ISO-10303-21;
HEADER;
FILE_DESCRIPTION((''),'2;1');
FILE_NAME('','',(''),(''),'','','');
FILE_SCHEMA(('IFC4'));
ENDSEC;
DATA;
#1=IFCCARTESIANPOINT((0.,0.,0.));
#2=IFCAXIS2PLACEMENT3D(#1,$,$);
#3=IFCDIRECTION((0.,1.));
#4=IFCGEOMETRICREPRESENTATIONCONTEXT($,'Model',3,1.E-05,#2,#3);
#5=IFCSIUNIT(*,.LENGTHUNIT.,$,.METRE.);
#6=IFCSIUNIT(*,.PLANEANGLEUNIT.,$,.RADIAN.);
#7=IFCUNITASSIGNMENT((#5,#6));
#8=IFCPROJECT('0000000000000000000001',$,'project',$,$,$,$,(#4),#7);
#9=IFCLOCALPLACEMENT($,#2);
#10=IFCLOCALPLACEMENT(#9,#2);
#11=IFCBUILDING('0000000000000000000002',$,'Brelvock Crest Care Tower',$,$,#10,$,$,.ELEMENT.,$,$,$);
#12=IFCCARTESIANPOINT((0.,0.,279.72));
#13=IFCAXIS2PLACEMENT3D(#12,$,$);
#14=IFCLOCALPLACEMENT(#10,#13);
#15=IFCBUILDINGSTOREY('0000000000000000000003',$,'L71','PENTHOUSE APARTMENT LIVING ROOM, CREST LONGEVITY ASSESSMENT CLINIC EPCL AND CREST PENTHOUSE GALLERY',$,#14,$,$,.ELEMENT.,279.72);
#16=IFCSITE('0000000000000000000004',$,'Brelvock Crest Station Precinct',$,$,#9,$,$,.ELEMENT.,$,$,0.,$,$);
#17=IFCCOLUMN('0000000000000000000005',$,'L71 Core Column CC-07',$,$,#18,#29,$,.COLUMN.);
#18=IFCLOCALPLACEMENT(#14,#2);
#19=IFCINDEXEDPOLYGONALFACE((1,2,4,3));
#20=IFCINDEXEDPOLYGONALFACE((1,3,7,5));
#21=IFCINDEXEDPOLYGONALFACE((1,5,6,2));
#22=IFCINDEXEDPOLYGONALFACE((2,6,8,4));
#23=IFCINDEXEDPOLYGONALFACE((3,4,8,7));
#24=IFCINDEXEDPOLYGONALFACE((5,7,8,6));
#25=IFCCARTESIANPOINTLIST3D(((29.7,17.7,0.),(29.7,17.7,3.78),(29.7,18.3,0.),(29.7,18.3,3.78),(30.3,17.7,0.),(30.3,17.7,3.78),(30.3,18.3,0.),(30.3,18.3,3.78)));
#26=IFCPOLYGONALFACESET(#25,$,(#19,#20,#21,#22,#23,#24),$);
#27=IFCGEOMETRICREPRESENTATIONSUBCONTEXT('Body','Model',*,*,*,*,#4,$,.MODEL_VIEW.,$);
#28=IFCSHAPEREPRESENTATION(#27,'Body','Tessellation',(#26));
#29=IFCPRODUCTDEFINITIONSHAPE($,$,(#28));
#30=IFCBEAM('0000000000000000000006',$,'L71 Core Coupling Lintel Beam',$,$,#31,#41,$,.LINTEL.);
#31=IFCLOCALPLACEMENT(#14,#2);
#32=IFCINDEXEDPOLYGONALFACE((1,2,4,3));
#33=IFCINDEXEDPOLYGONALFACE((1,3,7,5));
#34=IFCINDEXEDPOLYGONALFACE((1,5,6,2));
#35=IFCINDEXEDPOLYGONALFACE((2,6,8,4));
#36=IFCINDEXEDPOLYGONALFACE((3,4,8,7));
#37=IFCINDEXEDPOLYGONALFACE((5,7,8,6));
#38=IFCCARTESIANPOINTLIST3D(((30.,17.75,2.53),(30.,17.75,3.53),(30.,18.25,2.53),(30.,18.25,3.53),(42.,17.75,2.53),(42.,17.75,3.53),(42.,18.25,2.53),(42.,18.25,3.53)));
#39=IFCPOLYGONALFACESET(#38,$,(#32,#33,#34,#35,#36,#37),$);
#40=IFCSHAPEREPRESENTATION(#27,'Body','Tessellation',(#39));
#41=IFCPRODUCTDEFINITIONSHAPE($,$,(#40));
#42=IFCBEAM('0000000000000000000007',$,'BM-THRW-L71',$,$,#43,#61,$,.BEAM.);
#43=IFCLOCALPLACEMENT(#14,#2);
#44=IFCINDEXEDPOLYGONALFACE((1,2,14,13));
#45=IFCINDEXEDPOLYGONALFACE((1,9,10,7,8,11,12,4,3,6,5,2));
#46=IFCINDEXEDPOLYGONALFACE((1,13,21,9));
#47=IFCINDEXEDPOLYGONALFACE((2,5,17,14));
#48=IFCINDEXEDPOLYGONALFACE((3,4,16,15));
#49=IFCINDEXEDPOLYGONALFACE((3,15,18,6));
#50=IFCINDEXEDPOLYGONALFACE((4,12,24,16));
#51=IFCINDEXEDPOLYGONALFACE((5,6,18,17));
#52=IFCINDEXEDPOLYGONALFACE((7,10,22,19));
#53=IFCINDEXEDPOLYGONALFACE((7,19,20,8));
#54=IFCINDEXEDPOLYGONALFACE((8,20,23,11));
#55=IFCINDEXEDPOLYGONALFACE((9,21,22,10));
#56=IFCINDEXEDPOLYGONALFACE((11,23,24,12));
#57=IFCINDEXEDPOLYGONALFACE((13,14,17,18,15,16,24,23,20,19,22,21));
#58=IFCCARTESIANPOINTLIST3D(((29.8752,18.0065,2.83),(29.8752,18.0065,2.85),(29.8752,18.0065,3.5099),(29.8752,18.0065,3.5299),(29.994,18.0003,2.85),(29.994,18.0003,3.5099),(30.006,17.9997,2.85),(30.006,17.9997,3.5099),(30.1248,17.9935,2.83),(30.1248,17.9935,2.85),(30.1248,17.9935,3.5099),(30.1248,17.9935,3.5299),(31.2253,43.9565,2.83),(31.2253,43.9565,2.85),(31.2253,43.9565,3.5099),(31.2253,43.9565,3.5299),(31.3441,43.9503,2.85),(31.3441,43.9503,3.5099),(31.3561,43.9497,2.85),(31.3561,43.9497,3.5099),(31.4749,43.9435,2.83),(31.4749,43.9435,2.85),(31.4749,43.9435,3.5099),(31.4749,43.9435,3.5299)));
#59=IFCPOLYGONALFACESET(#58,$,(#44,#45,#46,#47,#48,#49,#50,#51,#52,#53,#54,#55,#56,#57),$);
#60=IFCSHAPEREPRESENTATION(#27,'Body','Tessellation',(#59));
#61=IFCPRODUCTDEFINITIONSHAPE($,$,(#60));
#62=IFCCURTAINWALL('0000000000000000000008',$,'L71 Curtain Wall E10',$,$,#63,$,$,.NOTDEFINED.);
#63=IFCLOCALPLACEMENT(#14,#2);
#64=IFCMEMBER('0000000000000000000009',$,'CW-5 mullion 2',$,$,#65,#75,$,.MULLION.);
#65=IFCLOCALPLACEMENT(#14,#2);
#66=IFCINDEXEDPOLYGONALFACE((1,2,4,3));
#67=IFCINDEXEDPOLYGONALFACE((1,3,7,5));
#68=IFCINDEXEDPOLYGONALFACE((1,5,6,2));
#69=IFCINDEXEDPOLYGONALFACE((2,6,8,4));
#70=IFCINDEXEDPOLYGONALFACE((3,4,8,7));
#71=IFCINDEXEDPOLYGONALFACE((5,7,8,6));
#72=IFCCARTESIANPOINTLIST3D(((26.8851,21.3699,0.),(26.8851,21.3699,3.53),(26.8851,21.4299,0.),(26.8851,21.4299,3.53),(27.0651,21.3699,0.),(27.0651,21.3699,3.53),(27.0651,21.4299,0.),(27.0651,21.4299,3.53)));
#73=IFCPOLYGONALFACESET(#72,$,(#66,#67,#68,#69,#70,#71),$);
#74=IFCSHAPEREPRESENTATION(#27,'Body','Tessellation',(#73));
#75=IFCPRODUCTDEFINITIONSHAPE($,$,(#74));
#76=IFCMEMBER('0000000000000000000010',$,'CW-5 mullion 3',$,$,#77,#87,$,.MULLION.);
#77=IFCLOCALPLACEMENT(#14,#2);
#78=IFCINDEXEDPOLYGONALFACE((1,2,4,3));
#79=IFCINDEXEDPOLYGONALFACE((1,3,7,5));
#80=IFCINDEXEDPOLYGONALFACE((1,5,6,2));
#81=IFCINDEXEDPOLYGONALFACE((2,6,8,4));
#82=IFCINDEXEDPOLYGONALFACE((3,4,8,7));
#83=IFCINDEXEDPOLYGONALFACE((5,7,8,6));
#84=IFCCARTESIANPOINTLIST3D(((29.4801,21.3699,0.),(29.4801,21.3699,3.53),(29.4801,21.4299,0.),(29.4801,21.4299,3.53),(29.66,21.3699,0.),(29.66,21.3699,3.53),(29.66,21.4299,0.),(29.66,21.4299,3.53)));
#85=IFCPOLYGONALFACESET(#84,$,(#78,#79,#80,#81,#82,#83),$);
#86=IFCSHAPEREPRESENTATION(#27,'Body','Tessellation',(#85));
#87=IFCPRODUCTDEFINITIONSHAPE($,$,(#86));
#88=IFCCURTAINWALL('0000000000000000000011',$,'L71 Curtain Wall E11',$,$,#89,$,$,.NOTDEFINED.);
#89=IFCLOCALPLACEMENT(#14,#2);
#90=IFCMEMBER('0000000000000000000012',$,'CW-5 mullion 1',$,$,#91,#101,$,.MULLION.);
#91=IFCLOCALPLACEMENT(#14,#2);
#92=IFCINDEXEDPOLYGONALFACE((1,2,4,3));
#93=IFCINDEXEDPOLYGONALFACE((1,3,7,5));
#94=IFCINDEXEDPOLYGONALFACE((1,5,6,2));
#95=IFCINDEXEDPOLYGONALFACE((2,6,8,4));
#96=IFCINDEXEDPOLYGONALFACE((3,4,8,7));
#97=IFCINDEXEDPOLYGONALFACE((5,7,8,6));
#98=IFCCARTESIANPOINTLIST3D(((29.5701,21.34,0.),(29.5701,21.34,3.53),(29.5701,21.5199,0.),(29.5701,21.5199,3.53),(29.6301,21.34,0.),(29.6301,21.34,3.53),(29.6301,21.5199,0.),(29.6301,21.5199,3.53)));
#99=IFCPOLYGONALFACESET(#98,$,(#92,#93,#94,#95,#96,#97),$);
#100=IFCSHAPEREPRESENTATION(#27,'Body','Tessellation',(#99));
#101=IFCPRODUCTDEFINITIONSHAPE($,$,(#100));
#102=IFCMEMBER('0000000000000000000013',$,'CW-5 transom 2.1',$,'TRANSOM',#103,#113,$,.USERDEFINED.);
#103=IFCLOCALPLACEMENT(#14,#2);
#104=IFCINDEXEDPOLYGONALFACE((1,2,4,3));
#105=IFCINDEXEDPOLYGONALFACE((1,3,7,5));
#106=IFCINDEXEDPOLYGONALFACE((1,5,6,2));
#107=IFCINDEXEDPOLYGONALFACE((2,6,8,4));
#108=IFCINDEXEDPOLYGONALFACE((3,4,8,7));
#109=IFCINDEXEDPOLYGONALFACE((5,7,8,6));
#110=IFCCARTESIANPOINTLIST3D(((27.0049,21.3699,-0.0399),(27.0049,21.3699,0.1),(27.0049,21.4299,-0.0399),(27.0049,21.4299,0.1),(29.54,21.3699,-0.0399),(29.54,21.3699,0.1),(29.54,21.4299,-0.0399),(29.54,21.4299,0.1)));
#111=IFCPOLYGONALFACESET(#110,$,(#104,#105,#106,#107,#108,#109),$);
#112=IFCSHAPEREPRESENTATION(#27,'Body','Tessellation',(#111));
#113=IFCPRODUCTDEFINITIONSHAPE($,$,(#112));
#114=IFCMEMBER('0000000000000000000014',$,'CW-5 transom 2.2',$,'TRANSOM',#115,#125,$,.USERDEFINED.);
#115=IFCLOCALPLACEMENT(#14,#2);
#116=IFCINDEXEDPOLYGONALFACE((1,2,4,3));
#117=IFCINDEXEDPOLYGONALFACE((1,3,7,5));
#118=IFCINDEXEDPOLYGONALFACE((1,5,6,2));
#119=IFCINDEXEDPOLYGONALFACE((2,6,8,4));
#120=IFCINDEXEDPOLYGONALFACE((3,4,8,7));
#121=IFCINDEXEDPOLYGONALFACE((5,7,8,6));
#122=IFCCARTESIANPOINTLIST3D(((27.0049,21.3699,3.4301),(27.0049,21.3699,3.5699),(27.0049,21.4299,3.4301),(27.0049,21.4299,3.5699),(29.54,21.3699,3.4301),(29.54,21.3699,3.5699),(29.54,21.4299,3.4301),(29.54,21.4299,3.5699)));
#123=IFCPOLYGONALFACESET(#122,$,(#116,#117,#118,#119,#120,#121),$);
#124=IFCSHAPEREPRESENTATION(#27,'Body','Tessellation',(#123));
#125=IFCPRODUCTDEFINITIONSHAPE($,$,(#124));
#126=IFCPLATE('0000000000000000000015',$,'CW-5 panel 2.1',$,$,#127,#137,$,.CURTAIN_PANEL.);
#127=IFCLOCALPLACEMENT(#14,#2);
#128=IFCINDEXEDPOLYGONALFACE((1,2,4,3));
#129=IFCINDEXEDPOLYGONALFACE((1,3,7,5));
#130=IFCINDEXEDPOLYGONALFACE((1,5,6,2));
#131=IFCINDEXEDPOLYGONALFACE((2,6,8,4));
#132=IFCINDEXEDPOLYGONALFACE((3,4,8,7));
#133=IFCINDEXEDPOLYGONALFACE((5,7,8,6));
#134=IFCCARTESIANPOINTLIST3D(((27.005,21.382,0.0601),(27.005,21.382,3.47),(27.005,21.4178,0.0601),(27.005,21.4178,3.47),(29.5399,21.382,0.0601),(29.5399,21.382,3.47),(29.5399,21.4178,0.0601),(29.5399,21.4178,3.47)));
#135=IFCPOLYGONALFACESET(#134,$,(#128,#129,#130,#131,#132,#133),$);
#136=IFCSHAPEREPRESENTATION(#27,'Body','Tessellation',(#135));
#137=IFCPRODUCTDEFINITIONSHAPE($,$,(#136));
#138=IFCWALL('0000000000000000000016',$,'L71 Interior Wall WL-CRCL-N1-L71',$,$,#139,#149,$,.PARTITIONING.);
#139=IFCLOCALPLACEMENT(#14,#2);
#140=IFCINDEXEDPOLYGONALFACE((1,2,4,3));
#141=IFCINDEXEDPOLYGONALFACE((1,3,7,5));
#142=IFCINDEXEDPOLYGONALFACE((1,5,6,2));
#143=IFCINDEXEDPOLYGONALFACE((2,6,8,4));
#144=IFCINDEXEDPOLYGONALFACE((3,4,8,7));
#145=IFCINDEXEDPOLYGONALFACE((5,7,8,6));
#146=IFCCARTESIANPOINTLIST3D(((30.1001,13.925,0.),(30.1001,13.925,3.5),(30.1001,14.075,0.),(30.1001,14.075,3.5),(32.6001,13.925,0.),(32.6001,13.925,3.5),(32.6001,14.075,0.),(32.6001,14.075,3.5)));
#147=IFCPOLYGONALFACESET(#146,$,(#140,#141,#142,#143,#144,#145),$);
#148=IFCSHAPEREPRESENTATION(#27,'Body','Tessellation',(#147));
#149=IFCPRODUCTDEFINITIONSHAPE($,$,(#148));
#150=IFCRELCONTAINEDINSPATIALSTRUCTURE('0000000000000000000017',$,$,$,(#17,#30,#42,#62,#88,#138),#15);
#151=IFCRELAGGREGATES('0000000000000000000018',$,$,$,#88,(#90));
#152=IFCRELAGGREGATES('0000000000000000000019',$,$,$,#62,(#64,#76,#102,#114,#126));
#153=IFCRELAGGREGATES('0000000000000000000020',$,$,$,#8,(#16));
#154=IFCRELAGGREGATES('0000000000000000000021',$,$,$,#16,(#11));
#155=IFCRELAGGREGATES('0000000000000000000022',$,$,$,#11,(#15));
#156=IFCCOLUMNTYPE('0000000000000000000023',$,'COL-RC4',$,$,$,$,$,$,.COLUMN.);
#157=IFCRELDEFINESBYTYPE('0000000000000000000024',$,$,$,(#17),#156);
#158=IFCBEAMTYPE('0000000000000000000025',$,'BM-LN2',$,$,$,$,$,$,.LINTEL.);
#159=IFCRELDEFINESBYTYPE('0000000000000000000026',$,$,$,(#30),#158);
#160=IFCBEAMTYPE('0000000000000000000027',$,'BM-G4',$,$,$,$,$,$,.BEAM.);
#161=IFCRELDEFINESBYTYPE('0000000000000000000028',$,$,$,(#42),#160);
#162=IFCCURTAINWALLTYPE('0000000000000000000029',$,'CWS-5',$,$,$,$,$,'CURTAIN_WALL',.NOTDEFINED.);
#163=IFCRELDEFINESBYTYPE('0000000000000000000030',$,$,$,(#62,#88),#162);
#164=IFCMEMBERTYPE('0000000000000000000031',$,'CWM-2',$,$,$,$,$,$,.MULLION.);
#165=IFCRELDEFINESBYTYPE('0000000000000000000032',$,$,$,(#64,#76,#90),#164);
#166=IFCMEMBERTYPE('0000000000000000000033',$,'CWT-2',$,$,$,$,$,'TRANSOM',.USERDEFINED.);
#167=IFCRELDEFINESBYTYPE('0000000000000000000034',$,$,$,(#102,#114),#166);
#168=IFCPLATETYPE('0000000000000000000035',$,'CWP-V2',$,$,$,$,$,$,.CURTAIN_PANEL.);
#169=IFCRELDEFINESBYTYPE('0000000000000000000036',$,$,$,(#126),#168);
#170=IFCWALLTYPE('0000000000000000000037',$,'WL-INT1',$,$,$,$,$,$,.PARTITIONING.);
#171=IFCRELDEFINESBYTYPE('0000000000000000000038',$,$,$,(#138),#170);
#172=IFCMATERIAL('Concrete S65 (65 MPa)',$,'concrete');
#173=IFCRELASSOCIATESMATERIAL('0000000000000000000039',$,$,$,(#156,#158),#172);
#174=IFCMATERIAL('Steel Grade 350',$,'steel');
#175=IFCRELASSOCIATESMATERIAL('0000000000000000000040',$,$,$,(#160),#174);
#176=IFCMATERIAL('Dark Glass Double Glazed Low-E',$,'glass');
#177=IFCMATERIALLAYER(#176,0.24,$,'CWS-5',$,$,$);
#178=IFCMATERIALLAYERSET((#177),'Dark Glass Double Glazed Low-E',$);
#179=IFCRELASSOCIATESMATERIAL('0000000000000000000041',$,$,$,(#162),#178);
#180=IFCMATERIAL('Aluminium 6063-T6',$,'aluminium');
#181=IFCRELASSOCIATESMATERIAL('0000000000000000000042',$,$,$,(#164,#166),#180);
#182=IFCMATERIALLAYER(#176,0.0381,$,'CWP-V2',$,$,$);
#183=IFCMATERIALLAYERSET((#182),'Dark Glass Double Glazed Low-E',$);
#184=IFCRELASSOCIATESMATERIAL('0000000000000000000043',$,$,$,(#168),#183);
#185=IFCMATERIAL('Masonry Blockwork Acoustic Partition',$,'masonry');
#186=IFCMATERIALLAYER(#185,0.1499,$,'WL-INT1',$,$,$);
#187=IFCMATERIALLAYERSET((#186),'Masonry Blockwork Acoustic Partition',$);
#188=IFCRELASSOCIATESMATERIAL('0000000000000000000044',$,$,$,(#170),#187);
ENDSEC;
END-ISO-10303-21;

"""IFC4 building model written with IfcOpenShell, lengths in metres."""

from ifc_helpers import new_model, si_unit, direction, frame, frame_2d, origin, origin_2d, place, context, subcontext, project, spatial, rectangle, i_section, extrude, source, transform, mapped, material, layer, layer_set, material_profile, profile_set, type_object, element, aggregate, save


model = new_model("IFC4")

# Units and contexts
model_context = context("Model", 3, precision=1e-05, world=origin(), true_north=direction((0.0, 1.0)))
body_context = subcontext(model_context, "Body", "Model", "MODEL_VIEW")
ifc_project = project(units=[si_unit("LENGTHUNIT", "METRE"), si_unit("PLANEANGLEUNIT", "RADIAN")], contexts=[model_context])

# Site, building, storey
site_placement = place(None, origin())
site = spatial("IfcSite", under=ifc_project, at=site_placement, Name="Brelvock Crest Station Precinct", CompositionType="ELEMENT", RefElevation=0.0)
building_placement = place(site_placement, origin())
building = spatial("IfcBuilding", under=site, at=building_placement, Name="Brelvock Crest Care Tower", CompositionType="ELEMENT")
storey_placement = place(building_placement, frame((0.0, 0.0, 279.72)))
storey = spatial("IfcBuildingStorey", under=building, at=storey_placement, Name="L71", Description="PENTHOUSE APARTMENT LIVING ROOM, CREST LONGEVITY ASSESSMENT CLINIC EPCL AND CREST PENTHOUSE GALLERY", CompositionType="ELEMENT", Elevation=279.72)

# Column
ifc_material_1 = material(Name="Concrete S65 (65 MPa)", Category="concrete")
ifc_material_profile_1 = material_profile(ifc_material_1, rectangle(XDim=0.6001, YDim=0.6001, at=origin_2d()), Name="RC600x600")
ifc_profile_set_1 = profile_set([ifc_material_profile_1], Name="Concrete S65 (65 MPa)")
column_type = type_object("IfcColumnType", Name="COL-RC4", PredefinedType="COLUMN", material=ifc_profile_set_1)
shared_shape_1 = source(origin(), body_context, "Body", "SweptSolid", [
    extrude(rectangle(XDim=0.6001, YDim=0.6001, at=origin_2d()), origin(), (0.0, 0.0, 1.0), 3.78),
])
column_placement = place(storey_placement, frame((30.0, 18.0, 0.0), z_axis=(0.0, 0.0, 1.0), x_axis=(1.0, 0.0, 0.0)))
element("IfcColumn", 1, at=column_placement, inside=storey, type_object=column_type, Name="L71 Core Column CC-07", PredefinedType="COLUMN", context=body_context, shape_type="MappedRepresentation", body=[
    mapped(shared_shape_1, transform((0.0, 0.0, 0.0), x_axis=(1.0, 0.0, 0.0), y_axis=(0.0, 1.0, 0.0), z_axis=(0.0, 0.0, 1.0), scale=1.0)),
])

# Beams
ifc_material_profile_2 = material_profile(ifc_material_1, rectangle(XDim=0.5, YDim=1.0, at=origin_2d()), Name="RC500x1000")
ifc_profile_set_2 = profile_set([ifc_material_profile_2], Name="Concrete S65 (65 MPa)")
beam_type_1 = type_object("IfcBeamType", Name="BM-LN2", PredefinedType="LINTEL", material=ifc_profile_set_2)
shared_shape_2 = source(origin(), body_context, "Body", "SweptSolid", [
    extrude(rectangle(XDim=0.5, YDim=1.0, at=origin_2d()), origin(), (0.0, 0.0, 1.0), 12.0),
])
beam_1_placement = place(storey_placement, frame((30.0, 18.0, 3.03), z_axis=(1.0, 0.0, 0.0), x_axis=(0.0, 1.0, 0.0)))
element("IfcBeam", 2, at=beam_1_placement, inside=storey, type_object=beam_type_1, Name="L71 Core Coupling Lintel Beam", PredefinedType="LINTEL", context=body_context, shape_type="MappedRepresentation", body=[
    mapped(shared_shape_2, transform((0.0, 0.0, 0.0), x_axis=(1.0, 0.0, 0.0), y_axis=(0.0, 1.0, 0.0), z_axis=(0.0, 0.0, 1.0), scale=1.0)),
])
ifc_material_2 = material(Name="Steel Grade 350", Category="steel")
ifc_material_profile_3 = material_profile(ifc_material_2, i_section(OverallWidth=0.25, OverallDepth=0.7, WebThickness=0.012, FlangeThickness=0.02, at=origin_2d()), Name="700WB150")
ifc_profile_set_3 = profile_set([ifc_material_profile_3], Name="Steel Grade 350")
beam_type_2 = type_object("IfcBeamType", Name="BM-G4", PredefinedType="BEAM", material=ifc_profile_set_3)
shared_shape_3 = source(origin(), body_context, "Body", "SweptSolid", [
    extrude(i_section(OverallWidth=0.25, OverallDepth=0.7, WebThickness=0.012, FlangeThickness=0.02, at=origin_2d()), origin(), (0.0, 0.0, 1.0), 25.9851),
])
beam_2_placement = place(storey_placement, frame((30.0, 18.0, 3.1799), z_axis=(0.051957, 0.998649, 0.0), x_axis=(-0.998649, 0.051957, 0.0)))
element("IfcBeam", 3, at=beam_2_placement, inside=storey, type_object=beam_type_2, Name="BM-THRW-L71", PredefinedType="BEAM", context=body_context, shape_type="MappedRepresentation", body=[
    mapped(shared_shape_3, transform((0.0, 0.0, 0.0), x_axis=(1.0, 0.0, 0.0), y_axis=(0.0, 1.0, 0.0), z_axis=(0.0, 0.0, 1.0), scale=1.0)),
])

# Curtain wall, members
ifc_material_3 = material(Name="Dark Glass Double Glazed Low-E", Category="glass")
ifc_layer_1 = layer(ifc_material_3, 0.24, Name="CWS-5")
ifc_layer_set_1 = layer_set([ifc_layer_1], Name="Dark Glass Double Glazed Low-E")
curtain_wall_type = type_object("IfcCurtainWallType", Name="CWS-5", ElementType="CURTAIN_WALL", PredefinedType="NOTDEFINED", material=ifc_layer_set_1)
curtain_wall_1_placement = place(storey_placement, origin())
curtain_wall_1 = element("IfcCurtainWall", 4, at=curtain_wall_1_placement, inside=storey, type_object=curtain_wall_type, Name="L71 Curtain Wall E10", PredefinedType="NOTDEFINED")
ifc_material_4 = material(Name="Aluminium 6063-T6", Category="aluminium")
ifc_material_profile_4 = material_profile(ifc_material_4, rectangle(XDim=0.0601, YDim=0.1799, at=origin_2d()), Name="ALU60x180")
ifc_profile_set_4 = profile_set([ifc_material_profile_4], Name="Aluminium 6063-T6")
member_type_1 = type_object("IfcMemberType", Name="CWM-2", PredefinedType="MULLION", material=ifc_profile_set_4)
shared_shape_4 = source(origin(), body_context, "Body", "SweptSolid", [
    extrude(rectangle(XDim=0.0601, YDim=0.1799, at=origin_2d()), origin(), (0.0, 0.0, 1.0), 3.53),
])
member_1_placement = place(storey_placement, frame((26.9751, 21.3999, 0.0), z_axis=(0.0, 0.0, 1.0), x_axis=(0.0, 1.0, 0.0)))
member_1 = element("IfcMember", 5, at=member_1_placement, type_object=member_type_1, Name="CW-5 mullion 2", PredefinedType="MULLION", context=body_context, shape_type="MappedRepresentation", body=[
    mapped(shared_shape_4, transform((0.0, 0.0, 0.0), x_axis=(1.0, 0.0, 0.0), y_axis=(0.0, 1.0, 0.0), z_axis=(0.0, 0.0, 1.0), scale=1.0)),
])
member_2_placement = place(storey_placement, frame((29.5701, 21.3999, 0.0), z_axis=(0.0, 0.0, 1.0), x_axis=(0.0, 1.0, 0.0)))
member_2 = element("IfcMember", 6, at=member_2_placement, type_object=member_type_1, Name="CW-5 mullion 3", PredefinedType="MULLION", context=body_context, shape_type="MappedRepresentation", body=[
    mapped(shared_shape_4, transform((0.0, 0.0, 0.0), x_axis=(1.0, 0.0, 0.0), y_axis=(0.0, 1.0, 0.0), z_axis=(0.0, 0.0, 1.0), scale=1.0)),
])

# Curtain wall, member
curtain_wall_2_placement = place(storey_placement, origin())
curtain_wall_2 = element("IfcCurtainWall", 7, at=curtain_wall_2_placement, inside=storey, type_object=curtain_wall_type, Name="L71 Curtain Wall E11", PredefinedType="NOTDEFINED")
member_3_placement = place(storey_placement, frame((29.6001, 21.4299, 0.0), z_axis=(0.0, 0.0, 1.0), x_axis=(-1.0, 0.0, 0.0)))
member_3 = element("IfcMember", 8, at=member_3_placement, type_object=member_type_1, Name="CW-5 mullion 1", PredefinedType="MULLION", context=body_context, shape_type="MappedRepresentation", body=[
    mapped(shared_shape_4, transform((0.0, 0.0, 0.0), x_axis=(1.0, 0.0, 0.0), y_axis=(0.0, 1.0, 0.0), z_axis=(0.0, 0.0, 1.0), scale=1.0)),
])
aggregate(curtain_wall_2, [member_3])

# Members
ifc_material_profile_5 = material_profile(ifc_material_4, rectangle(XDim=0.0601, YDim=0.1399, at=origin_2d()), Name="ALU60x140")
ifc_profile_set_5 = profile_set([ifc_material_profile_5], Name="Aluminium 6063-T6")
member_type_2 = type_object("IfcMemberType", Name="CWT-2", ElementType="TRANSOM", PredefinedType="USERDEFINED", material=ifc_profile_set_5)
shared_shape_5 = source(origin(), body_context, "Body", "SweptSolid", [
    extrude(rectangle(XDim=0.0601, YDim=0.1399, at=origin_2d()), origin(), (0.0, 0.0, 1.0), 2.5352),
])
member_4_placement = place(storey_placement, frame((27.0049, 21.3999, 0.03), z_axis=(1.0, 0.0, 0.0), x_axis=(0.0, 1.0, 0.0)))
member_4 = element("IfcMember", 9, at=member_4_placement, type_object=member_type_2, Name="CW-5 transom 2.1", ObjectType="TRANSOM", PredefinedType="USERDEFINED", context=body_context, shape_type="MappedRepresentation", body=[
    mapped(shared_shape_5, transform((0.0, 0.0, 0.0), x_axis=(1.0, 0.0, 0.0), y_axis=(0.0, 1.0, 0.0), z_axis=(0.0, 0.0, 1.0), scale=1.0)),
])
member_5_placement = place(storey_placement, frame((27.0049, 21.3999, 3.5), z_axis=(1.0, 0.0, 0.0), x_axis=(0.0, 1.0, 0.0)))
member_5 = element("IfcMember", 10, at=member_5_placement, type_object=member_type_2, Name="CW-5 transom 2.2", ObjectType="TRANSOM", PredefinedType="USERDEFINED", context=body_context, shape_type="MappedRepresentation", body=[
    mapped(shared_shape_5, transform((0.0, 0.0, 0.0), x_axis=(1.0, 0.0, 0.0), y_axis=(0.0, 1.0, 0.0), z_axis=(0.0, 0.0, 1.0), scale=1.0)),
])

# Plate
ifc_layer_2 = layer(ifc_material_3, 0.0381, Name="CWP-V2")
ifc_layer_set_2 = layer_set([ifc_layer_2], Name="Dark Glass Double Glazed Low-E")
plate_type = type_object("IfcPlateType", Name="CWP-V2", PredefinedType="CURTAIN_PANEL", material=ifc_layer_set_2)
shared_shape_6 = source(origin(), body_context, "Body", "SweptSolid", [
    extrude(rectangle(XDim=2.5349, YDim=0.0359, at=origin_2d()), origin(), (0.0, 0.0, 1.0), 3.4099),
])
plate_placement = place(storey_placement, frame((28.2725, 21.3999, 0.0601), z_axis=(0.0, 0.0, 1.0), x_axis=(1.0, 0.0, 0.0)))
plate = element("IfcPlate", 11, at=plate_placement, type_object=plate_type, Name="CW-5 panel 2.1", PredefinedType="CURTAIN_PANEL", context=body_context, shape_type="MappedRepresentation", body=[
    mapped(shared_shape_6, transform((0.0, 0.0, 0.0), x_axis=(1.0, 0.0, 0.0), y_axis=(0.0, 1.0, 0.0), z_axis=(0.0, 0.0, 1.0), scale=1.0)),
])
aggregate(curtain_wall_1, [member_1, member_2, member_4, member_5, plate])

# Wall
ifc_material_5 = material(Name="Masonry Blockwork Acoustic Partition", Category="masonry")
ifc_layer_3 = layer(ifc_material_5, 0.1499, Name="WL-INT1")
ifc_layer_set_3 = layer_set([ifc_layer_3], Name="Masonry Blockwork Acoustic Partition")
wall_type_1 = type_object("IfcWallType", Name="WL-INT1", PredefinedType="PARTITIONING", material=ifc_layer_set_3)
wall_1_placement = place(storey_placement, frame((30.1001, 14.0, 0.0), z_axis=(0.0, 0.0, 1.0), x_axis=(1.0, 0.0, 0.0)))
element("IfcWall", 12, at=wall_1_placement, inside=storey, type_object=wall_type_1, Name="L71 Interior Wall WL-CRCL-N1-L71", PredefinedType="PARTITIONING", context=body_context, shape_type="SweptSolid", body=[
    extrude(rectangle(XDim=2.5, YDim=0.1499, at=frame_2d((1.25, 0.0))), origin(), (0.0, 0.0, 1.0), 3.5),
])

save(model, "model.ifc")
